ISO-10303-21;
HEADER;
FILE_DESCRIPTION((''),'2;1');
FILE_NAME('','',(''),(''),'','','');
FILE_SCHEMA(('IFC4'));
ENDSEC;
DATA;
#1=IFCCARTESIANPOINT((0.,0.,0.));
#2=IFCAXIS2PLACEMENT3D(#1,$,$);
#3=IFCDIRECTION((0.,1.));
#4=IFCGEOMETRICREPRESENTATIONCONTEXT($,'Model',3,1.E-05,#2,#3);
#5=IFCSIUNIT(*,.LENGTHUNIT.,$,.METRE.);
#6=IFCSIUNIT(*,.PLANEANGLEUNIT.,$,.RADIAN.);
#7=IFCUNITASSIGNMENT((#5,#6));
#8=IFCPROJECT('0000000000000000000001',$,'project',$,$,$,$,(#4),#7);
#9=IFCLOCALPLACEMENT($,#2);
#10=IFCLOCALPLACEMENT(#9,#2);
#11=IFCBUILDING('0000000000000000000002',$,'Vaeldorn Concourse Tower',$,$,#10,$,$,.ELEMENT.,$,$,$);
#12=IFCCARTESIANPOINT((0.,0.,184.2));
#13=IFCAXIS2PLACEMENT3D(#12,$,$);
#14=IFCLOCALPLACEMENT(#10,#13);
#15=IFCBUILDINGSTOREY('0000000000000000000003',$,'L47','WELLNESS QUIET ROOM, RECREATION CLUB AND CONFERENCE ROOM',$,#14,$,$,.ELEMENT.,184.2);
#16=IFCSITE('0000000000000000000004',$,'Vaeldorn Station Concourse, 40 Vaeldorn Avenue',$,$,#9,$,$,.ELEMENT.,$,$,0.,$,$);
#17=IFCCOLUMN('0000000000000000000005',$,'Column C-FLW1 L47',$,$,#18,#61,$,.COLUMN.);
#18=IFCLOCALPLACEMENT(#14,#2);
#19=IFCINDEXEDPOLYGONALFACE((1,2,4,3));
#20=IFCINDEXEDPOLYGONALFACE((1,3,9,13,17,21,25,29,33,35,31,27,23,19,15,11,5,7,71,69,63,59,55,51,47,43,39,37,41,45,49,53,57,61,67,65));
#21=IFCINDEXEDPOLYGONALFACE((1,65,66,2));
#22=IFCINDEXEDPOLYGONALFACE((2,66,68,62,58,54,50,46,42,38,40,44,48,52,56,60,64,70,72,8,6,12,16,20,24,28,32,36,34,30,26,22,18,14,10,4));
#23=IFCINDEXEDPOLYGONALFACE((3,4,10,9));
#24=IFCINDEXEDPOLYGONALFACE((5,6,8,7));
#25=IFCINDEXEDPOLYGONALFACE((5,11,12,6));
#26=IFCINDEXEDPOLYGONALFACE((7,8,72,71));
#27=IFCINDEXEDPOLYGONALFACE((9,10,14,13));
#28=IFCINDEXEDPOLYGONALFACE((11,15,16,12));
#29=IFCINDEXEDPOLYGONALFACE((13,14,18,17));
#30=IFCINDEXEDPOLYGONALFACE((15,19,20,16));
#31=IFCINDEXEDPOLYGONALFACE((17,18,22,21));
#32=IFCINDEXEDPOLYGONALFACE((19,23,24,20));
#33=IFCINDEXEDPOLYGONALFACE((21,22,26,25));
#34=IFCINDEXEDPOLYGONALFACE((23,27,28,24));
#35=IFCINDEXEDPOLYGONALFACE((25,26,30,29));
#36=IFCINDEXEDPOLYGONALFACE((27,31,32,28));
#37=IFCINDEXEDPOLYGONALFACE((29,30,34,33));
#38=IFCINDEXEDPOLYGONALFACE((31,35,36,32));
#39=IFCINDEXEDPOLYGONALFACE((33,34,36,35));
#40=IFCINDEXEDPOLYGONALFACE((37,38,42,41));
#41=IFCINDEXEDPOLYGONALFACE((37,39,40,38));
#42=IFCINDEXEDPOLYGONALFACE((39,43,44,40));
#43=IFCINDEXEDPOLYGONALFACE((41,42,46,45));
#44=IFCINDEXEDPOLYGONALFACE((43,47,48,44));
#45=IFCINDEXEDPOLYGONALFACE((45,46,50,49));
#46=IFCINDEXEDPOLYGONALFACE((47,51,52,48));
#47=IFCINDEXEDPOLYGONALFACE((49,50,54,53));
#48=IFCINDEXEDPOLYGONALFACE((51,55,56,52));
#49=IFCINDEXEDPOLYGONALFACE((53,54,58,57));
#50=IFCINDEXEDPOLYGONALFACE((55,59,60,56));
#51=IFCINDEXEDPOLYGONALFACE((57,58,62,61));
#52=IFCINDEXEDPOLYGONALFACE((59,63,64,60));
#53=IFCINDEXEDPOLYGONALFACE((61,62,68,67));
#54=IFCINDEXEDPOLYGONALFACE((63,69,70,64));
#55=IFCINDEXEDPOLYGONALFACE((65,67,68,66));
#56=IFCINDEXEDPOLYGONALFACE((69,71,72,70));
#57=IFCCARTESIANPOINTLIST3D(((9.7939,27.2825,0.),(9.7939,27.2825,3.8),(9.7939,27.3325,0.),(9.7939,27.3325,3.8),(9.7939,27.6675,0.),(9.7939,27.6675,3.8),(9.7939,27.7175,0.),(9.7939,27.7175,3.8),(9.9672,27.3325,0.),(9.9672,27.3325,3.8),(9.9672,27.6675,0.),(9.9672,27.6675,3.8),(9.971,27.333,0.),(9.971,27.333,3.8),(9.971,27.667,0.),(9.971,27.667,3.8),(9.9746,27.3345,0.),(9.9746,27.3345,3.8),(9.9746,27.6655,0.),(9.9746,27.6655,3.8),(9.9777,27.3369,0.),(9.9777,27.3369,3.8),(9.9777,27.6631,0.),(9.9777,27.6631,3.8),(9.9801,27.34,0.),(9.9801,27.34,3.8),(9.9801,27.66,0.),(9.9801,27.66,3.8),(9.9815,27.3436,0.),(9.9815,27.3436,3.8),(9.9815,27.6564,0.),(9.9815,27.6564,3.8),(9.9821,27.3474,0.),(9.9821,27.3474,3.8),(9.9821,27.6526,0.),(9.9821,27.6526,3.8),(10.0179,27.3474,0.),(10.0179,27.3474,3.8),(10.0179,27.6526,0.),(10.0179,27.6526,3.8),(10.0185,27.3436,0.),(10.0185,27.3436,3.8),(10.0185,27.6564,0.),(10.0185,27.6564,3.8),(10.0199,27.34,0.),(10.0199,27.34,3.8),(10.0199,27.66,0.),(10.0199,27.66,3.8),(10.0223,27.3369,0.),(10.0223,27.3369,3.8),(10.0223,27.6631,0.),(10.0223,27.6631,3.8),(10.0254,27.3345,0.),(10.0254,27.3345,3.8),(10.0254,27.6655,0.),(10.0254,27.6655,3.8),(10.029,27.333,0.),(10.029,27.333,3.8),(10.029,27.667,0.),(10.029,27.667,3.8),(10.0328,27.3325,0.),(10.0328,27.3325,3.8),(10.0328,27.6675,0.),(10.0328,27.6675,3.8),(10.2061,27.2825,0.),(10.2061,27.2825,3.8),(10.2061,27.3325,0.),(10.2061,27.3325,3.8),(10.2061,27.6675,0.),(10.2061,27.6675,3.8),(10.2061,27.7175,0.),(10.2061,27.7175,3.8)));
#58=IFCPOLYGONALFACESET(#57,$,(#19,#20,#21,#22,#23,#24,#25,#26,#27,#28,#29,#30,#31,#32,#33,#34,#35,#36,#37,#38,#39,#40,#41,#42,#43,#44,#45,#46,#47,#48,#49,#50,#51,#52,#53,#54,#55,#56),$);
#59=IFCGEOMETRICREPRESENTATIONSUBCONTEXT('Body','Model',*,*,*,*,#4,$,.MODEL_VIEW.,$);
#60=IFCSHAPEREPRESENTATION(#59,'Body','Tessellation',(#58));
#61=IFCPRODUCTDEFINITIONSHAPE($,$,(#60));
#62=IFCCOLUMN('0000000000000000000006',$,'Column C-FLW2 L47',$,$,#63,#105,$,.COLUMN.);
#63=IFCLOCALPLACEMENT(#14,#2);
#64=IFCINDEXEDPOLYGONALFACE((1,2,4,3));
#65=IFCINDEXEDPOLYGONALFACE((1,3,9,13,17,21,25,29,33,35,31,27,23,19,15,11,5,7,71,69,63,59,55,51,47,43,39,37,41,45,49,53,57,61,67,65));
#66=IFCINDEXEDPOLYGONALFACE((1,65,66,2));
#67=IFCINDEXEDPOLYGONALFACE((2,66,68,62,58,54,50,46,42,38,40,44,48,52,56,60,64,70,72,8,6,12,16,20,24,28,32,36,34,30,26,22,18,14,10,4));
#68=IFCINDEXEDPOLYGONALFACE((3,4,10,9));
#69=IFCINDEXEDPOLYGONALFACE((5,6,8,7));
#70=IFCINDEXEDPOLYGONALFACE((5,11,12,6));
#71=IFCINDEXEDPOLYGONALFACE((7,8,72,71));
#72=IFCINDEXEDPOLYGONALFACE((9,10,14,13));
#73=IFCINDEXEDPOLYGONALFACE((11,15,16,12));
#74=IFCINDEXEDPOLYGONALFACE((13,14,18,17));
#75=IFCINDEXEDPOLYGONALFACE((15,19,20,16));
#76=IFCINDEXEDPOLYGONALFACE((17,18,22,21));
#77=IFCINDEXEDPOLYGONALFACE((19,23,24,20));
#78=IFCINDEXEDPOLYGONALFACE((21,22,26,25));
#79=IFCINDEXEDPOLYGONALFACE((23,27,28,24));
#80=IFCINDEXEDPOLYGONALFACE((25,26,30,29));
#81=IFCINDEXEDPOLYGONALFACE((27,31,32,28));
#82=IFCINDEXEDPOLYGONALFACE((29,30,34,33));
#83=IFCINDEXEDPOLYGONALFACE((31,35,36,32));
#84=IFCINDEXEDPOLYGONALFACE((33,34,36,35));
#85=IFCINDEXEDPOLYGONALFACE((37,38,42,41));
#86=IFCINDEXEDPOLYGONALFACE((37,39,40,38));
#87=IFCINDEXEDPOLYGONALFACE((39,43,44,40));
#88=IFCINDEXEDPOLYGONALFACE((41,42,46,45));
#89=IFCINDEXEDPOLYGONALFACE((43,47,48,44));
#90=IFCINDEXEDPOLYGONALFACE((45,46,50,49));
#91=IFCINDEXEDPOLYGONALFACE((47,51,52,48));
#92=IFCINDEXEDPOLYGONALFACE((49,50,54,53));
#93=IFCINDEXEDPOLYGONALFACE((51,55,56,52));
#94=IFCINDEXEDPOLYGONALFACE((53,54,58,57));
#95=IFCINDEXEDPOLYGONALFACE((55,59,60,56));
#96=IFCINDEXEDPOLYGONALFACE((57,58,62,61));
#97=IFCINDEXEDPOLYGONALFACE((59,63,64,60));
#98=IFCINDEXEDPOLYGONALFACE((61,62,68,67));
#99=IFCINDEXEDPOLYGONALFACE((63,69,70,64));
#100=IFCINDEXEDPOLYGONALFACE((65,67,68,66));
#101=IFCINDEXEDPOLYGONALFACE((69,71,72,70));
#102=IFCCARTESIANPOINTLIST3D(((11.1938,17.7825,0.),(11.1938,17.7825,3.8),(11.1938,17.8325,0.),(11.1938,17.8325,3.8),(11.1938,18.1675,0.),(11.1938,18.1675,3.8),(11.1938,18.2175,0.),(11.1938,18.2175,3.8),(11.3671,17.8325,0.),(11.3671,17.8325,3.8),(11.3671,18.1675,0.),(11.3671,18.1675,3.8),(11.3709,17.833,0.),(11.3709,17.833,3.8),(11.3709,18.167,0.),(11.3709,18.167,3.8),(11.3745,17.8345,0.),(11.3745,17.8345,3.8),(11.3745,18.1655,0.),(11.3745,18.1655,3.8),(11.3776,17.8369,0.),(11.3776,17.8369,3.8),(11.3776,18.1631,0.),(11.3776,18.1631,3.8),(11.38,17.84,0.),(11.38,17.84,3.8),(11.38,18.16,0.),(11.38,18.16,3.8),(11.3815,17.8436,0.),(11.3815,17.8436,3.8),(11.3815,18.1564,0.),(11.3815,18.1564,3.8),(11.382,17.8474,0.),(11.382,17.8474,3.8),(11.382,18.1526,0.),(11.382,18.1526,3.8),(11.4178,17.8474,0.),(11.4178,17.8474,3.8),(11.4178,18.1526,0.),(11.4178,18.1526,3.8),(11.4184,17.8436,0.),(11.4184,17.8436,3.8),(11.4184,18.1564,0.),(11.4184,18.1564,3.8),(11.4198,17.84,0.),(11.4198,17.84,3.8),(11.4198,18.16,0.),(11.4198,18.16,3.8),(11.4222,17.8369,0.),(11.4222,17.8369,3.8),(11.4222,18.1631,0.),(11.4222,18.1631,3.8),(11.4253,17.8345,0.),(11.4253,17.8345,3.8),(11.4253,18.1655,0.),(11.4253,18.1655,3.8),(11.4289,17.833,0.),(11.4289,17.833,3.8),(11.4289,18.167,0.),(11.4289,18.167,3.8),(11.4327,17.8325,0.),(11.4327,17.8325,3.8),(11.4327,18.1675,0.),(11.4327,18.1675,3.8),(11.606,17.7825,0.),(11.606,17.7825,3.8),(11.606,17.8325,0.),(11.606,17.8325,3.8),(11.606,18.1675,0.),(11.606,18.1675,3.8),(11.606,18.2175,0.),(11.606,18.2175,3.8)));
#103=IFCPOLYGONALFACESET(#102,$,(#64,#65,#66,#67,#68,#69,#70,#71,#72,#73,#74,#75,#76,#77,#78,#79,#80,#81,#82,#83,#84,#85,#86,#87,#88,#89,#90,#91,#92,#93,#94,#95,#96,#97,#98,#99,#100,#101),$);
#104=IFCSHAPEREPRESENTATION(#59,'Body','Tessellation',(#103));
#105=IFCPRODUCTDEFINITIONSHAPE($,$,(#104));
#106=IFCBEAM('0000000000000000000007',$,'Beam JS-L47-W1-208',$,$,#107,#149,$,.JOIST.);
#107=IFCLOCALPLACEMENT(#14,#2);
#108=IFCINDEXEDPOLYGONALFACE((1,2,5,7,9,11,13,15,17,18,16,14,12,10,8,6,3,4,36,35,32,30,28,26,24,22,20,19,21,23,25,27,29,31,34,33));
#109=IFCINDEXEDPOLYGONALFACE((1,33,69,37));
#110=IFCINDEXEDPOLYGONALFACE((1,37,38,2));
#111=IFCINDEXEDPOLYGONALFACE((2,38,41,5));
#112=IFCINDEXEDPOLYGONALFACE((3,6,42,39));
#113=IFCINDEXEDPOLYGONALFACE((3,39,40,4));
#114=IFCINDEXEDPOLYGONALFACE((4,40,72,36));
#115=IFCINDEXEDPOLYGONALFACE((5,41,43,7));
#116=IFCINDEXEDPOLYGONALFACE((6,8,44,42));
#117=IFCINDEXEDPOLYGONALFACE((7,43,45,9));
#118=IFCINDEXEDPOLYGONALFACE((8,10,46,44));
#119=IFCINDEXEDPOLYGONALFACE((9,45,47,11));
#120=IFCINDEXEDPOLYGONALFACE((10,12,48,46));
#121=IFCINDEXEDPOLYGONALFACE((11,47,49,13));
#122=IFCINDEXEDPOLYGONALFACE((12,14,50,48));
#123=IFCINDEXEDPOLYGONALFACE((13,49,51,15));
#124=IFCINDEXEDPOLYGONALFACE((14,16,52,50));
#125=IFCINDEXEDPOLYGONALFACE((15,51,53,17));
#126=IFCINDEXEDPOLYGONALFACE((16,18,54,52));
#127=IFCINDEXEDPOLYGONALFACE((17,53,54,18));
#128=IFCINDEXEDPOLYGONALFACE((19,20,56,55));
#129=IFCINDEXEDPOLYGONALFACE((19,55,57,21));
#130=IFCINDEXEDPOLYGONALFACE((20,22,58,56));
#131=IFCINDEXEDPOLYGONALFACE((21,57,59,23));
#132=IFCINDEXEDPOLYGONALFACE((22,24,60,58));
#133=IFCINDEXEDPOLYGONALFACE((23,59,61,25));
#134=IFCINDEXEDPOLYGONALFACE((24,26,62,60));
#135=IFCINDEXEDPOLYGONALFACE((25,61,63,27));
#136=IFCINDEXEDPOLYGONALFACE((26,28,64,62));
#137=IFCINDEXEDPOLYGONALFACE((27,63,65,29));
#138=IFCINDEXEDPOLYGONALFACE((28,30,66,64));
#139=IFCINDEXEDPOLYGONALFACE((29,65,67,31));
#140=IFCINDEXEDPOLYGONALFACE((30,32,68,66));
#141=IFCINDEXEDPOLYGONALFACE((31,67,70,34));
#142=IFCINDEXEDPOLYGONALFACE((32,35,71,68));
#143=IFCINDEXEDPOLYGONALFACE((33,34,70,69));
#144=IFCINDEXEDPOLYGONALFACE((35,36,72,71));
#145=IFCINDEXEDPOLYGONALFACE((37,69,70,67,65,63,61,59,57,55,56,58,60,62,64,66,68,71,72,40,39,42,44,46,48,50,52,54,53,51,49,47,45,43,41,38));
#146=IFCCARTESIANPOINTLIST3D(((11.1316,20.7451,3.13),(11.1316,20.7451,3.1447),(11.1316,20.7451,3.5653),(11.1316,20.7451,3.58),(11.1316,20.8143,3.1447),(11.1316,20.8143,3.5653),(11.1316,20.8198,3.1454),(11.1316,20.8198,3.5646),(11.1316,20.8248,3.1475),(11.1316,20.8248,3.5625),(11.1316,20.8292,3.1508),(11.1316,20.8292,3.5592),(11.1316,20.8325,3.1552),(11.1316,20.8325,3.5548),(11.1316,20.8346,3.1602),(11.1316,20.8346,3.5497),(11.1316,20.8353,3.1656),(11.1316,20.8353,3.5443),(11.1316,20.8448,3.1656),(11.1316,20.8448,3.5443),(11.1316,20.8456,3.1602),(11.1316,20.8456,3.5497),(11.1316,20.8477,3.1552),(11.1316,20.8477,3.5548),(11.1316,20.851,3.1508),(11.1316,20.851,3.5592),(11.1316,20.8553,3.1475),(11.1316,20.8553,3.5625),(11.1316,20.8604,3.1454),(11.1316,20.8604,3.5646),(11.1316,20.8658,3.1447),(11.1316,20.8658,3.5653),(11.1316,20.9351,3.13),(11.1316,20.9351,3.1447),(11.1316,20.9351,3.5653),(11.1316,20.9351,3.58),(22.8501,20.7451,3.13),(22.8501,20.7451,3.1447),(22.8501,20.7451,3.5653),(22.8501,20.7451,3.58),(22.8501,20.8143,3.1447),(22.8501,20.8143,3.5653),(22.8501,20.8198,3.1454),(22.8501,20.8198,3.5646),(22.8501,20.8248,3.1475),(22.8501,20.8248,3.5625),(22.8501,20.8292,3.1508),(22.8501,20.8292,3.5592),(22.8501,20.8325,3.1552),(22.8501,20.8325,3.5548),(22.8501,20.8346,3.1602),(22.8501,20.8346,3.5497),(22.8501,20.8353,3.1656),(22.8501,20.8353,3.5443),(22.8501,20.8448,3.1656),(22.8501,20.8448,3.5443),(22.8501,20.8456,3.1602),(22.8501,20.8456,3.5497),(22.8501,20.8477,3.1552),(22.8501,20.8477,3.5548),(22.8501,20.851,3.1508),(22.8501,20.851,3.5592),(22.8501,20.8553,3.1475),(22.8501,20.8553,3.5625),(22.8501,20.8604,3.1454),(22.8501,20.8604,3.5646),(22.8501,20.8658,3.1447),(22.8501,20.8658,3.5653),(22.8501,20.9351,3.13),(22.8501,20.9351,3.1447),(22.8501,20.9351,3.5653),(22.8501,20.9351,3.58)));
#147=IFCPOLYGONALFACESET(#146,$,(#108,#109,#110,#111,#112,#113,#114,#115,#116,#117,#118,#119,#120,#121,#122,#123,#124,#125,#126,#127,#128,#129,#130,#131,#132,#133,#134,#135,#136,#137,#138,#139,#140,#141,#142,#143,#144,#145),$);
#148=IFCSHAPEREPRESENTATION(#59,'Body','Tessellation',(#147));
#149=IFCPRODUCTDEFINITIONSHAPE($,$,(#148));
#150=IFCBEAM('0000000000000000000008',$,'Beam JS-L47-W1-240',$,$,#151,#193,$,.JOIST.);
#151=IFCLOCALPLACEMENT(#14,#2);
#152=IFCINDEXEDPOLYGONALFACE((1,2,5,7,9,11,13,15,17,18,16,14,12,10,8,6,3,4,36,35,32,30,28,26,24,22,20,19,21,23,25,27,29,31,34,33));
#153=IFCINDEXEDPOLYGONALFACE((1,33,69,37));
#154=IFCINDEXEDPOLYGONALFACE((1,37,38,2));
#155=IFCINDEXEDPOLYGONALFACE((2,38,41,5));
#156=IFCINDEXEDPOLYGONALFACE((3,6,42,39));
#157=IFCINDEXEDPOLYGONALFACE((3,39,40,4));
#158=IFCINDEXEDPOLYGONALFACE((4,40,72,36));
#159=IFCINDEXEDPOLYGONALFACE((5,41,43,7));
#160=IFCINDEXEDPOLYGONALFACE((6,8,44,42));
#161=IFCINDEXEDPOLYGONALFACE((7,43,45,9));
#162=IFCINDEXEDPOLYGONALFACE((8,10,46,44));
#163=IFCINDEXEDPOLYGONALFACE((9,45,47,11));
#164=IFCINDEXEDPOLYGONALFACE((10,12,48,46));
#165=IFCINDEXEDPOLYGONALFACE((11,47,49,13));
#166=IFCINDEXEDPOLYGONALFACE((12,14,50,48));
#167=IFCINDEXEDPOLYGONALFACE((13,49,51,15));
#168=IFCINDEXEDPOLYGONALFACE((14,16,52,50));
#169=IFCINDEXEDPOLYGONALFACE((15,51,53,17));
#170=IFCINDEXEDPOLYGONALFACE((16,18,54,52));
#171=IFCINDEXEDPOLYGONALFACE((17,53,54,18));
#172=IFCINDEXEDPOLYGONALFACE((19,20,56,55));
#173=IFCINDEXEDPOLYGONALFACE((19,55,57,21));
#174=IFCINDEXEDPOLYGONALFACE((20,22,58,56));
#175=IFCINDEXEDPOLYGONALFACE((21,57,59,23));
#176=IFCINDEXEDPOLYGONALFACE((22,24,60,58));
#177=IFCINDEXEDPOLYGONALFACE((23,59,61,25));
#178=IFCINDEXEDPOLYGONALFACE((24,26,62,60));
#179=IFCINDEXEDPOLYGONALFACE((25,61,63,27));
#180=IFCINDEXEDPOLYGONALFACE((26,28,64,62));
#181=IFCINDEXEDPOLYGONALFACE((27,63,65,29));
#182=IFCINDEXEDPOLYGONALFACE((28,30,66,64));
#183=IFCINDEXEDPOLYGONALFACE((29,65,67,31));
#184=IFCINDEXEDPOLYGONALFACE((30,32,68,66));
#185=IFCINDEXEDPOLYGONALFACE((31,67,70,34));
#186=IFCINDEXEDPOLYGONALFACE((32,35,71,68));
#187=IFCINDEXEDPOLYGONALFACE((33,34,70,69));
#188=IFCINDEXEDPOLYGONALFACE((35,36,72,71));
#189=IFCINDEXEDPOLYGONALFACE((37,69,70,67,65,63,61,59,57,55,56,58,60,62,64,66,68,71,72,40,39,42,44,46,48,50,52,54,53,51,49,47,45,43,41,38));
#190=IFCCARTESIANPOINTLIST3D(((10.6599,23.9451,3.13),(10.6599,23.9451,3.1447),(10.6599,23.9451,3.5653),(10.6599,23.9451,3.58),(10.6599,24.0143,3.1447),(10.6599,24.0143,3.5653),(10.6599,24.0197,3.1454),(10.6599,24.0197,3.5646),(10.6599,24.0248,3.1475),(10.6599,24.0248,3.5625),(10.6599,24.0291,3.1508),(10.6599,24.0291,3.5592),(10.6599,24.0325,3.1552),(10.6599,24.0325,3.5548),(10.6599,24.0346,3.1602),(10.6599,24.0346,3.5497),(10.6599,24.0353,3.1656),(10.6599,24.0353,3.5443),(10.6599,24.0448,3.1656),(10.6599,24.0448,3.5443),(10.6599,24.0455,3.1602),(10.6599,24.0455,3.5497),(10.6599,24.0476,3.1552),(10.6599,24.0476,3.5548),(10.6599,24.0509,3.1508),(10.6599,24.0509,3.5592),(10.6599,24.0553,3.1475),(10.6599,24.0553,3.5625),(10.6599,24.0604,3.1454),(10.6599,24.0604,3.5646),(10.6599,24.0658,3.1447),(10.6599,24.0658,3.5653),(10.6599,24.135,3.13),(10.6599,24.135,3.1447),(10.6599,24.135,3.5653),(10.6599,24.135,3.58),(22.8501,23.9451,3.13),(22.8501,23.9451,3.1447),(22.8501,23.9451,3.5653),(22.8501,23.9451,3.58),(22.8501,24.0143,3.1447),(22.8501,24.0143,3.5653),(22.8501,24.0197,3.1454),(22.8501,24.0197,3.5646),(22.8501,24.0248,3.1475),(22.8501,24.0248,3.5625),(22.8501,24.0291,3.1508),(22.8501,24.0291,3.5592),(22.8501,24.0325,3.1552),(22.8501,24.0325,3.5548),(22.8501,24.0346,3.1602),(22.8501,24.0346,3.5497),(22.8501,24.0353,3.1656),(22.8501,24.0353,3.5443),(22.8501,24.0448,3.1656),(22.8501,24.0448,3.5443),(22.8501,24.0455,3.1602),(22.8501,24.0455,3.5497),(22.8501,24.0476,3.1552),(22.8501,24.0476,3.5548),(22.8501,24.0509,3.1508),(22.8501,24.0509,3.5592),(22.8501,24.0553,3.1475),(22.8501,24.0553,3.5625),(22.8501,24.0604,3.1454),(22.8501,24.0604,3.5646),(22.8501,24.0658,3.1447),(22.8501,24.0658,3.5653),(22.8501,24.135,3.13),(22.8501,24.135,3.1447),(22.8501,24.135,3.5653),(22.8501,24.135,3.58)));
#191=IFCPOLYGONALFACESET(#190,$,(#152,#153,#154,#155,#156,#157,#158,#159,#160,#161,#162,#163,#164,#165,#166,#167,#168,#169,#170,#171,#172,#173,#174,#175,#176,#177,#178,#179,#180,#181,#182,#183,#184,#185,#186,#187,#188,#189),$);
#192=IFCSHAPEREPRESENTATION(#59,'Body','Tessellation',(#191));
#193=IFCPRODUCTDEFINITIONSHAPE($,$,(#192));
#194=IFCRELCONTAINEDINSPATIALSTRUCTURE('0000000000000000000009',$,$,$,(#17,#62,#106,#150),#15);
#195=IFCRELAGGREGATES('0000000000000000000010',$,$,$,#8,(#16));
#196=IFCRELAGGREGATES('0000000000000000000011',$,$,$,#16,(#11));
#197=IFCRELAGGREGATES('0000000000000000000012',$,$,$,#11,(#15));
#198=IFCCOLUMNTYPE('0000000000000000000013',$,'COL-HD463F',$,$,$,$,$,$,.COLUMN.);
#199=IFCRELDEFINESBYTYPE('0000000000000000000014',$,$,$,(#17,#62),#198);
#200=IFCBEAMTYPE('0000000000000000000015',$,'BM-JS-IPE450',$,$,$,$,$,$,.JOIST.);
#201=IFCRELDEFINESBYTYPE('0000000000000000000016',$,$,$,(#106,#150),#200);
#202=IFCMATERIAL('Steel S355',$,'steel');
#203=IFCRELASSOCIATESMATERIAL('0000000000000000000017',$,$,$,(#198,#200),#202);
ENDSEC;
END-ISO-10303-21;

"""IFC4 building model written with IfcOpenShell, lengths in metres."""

from ifc_helpers import new_model, si_unit, direction, frame, origin, origin_2d, place, context, subcontext, project, spatial, i_section, extrude, source, transform, mapped, material, material_profile, profile_set, type_object, element, save


model = new_model("IFC4")

# Units and contexts
model_context = context("Model", 3, precision=1e-05, world=origin(), true_north=direction((0.0, 1.0)))
body_context = subcontext(model_context, "Body", "Model", "MODEL_VIEW")
ifc_project = project(units=[si_unit("LENGTHUNIT", "METRE"), si_unit("PLANEANGLEUNIT", "RADIAN")], contexts=[model_context])

# Site, building, storey
site_placement = place(None, origin())
site = spatial("IfcSite", under=ifc_project, at=site_placement, Name="Vaeldorn Station Concourse, 40 Vaeldorn Avenue", CompositionType="ELEMENT", RefElevation=0.0)
building_placement = place(site_placement, origin())
building = spatial("IfcBuilding", under=site, at=building_placement, Name="Vaeldorn Concourse Tower", CompositionType="ELEMENT")
storey_placement = place(building_placement, frame((0.0, 0.0, 184.2)))
storey = spatial("IfcBuildingStorey", under=building, at=storey_placement, Name="L47", Description="WELLNESS QUIET ROOM, RECREATION CLUB AND CONFERENCE ROOM", CompositionType="ELEMENT", Elevation=184.2)

# Columns
ifc_material_1 = material(Name="Steel S355", Category="steel")
ifc_material_profile_1 = material_profile(ifc_material_1, i_section(OverallWidth=0.4121, OverallDepth=0.4351, WebThickness=0.0359, FlangeThickness=0.05, FilletRadius=0.0149, at=origin_2d()), Name="HD 400x463")
ifc_profile_set_1 = profile_set([ifc_material_profile_1], Name="Steel S355")
column_type = type_object("IfcColumnType", Name="COL-HD463F", PredefinedType="COLUMN", material=ifc_profile_set_1)
shared_shape_1 = source(origin(), body_context, "Body", "SweptSolid", [
    extrude(i_section(OverallWidth=0.4121, OverallDepth=0.4351, WebThickness=0.0359, FlangeThickness=0.05, FilletRadius=0.0149, at=origin_2d()), origin(), (0.0, 0.0, 1.0), 3.8),
])
for number, where, z_axis, x_axis, name in (
    (1, (10.0, 27.5, 0.0), (0.0, 0.0, 1.0), (1.0, 0.0, 0.0), "Column C-FLW1 L47"),
    (2, (11.3999, 18.0, 0.0), (0.0, 0.0, 1.0), (1.0, 0.0, 0.0), "Column C-FLW2 L47"),
):
    element("IfcColumn", number, at=place(storey_placement, frame(where, z_axis=z_axis, x_axis=x_axis)), inside=storey, type_object=column_type, Name=name, PredefinedType="COLUMN", context=body_context, shape_type="MappedRepresentation", body=[
        mapped(shared_shape_1, transform((0.0, 0.0, 0.0), scale=1.0)),
    ])

# Beams
ifc_material_profile_2 = material_profile(ifc_material_1, i_section(OverallWidth=0.1899, OverallDepth=0.45, WebThickness=0.0095, FlangeThickness=0.0146, FilletRadius=0.021, at=origin_2d()), Name="IPE 450")
ifc_profile_set_2 = profile_set([ifc_material_profile_2], Name="Steel S355")
beam_type_1 = type_object("IfcBeamType", Name="BM-JS-IPE450", PredefinedType="JOIST", material=ifc_profile_set_2)
shared_shape_2 = source(origin(), body_context, "Body", "SweptSolid", [
    extrude(i_section(OverallWidth=0.1899, OverallDepth=0.45, WebThickness=0.0095, FlangeThickness=0.0146, FilletRadius=0.021, at=origin_2d()), origin(), (0.0, 0.0, 1.0), 11.7185),
])
beam_1_placement = place(storey_placement, frame((11.1316, 20.8401, 3.355), z_axis=(1.0, 0.0, 0.0), x_axis=(0.0, 1.0, 0.0)))
element("IfcBeam", 3, at=beam_1_placement, inside=storey, type_object=beam_type_1, Name="Beam JS-L47-W1-208", PredefinedType="JOIST", context=body_context, shape_type="MappedRepresentation", body=[
    mapped(shared_shape_2, transform((0.0, 0.0, 0.0), scale=1.0)),
])
shared_shape_3 = source(origin(), body_context, "Body", "SweptSolid", [
    extrude(i_section(OverallWidth=0.1899, OverallDepth=0.45, WebThickness=0.0095, FlangeThickness=0.0146, FilletRadius=0.021, at=origin_2d()), origin(), (0.0, 0.0, 1.0), 12.1902),
])
beam_2_placement = place(storey_placement, frame((10.6599, 24.04, 3.355), z_axis=(1.0, 0.0, 0.0), x_axis=(0.0, 1.0, 0.0)))
element("IfcBeam", 4, at=beam_2_placement, inside=storey, type_object=beam_type_1, Name="Beam JS-L47-W1-240", PredefinedType="JOIST", context=body_context, shape_type="MappedRepresentation", body=[
    mapped(shared_shape_3, transform((0.0, 0.0, 0.0), scale=1.0)),
])

save(model, "model.ifc")
